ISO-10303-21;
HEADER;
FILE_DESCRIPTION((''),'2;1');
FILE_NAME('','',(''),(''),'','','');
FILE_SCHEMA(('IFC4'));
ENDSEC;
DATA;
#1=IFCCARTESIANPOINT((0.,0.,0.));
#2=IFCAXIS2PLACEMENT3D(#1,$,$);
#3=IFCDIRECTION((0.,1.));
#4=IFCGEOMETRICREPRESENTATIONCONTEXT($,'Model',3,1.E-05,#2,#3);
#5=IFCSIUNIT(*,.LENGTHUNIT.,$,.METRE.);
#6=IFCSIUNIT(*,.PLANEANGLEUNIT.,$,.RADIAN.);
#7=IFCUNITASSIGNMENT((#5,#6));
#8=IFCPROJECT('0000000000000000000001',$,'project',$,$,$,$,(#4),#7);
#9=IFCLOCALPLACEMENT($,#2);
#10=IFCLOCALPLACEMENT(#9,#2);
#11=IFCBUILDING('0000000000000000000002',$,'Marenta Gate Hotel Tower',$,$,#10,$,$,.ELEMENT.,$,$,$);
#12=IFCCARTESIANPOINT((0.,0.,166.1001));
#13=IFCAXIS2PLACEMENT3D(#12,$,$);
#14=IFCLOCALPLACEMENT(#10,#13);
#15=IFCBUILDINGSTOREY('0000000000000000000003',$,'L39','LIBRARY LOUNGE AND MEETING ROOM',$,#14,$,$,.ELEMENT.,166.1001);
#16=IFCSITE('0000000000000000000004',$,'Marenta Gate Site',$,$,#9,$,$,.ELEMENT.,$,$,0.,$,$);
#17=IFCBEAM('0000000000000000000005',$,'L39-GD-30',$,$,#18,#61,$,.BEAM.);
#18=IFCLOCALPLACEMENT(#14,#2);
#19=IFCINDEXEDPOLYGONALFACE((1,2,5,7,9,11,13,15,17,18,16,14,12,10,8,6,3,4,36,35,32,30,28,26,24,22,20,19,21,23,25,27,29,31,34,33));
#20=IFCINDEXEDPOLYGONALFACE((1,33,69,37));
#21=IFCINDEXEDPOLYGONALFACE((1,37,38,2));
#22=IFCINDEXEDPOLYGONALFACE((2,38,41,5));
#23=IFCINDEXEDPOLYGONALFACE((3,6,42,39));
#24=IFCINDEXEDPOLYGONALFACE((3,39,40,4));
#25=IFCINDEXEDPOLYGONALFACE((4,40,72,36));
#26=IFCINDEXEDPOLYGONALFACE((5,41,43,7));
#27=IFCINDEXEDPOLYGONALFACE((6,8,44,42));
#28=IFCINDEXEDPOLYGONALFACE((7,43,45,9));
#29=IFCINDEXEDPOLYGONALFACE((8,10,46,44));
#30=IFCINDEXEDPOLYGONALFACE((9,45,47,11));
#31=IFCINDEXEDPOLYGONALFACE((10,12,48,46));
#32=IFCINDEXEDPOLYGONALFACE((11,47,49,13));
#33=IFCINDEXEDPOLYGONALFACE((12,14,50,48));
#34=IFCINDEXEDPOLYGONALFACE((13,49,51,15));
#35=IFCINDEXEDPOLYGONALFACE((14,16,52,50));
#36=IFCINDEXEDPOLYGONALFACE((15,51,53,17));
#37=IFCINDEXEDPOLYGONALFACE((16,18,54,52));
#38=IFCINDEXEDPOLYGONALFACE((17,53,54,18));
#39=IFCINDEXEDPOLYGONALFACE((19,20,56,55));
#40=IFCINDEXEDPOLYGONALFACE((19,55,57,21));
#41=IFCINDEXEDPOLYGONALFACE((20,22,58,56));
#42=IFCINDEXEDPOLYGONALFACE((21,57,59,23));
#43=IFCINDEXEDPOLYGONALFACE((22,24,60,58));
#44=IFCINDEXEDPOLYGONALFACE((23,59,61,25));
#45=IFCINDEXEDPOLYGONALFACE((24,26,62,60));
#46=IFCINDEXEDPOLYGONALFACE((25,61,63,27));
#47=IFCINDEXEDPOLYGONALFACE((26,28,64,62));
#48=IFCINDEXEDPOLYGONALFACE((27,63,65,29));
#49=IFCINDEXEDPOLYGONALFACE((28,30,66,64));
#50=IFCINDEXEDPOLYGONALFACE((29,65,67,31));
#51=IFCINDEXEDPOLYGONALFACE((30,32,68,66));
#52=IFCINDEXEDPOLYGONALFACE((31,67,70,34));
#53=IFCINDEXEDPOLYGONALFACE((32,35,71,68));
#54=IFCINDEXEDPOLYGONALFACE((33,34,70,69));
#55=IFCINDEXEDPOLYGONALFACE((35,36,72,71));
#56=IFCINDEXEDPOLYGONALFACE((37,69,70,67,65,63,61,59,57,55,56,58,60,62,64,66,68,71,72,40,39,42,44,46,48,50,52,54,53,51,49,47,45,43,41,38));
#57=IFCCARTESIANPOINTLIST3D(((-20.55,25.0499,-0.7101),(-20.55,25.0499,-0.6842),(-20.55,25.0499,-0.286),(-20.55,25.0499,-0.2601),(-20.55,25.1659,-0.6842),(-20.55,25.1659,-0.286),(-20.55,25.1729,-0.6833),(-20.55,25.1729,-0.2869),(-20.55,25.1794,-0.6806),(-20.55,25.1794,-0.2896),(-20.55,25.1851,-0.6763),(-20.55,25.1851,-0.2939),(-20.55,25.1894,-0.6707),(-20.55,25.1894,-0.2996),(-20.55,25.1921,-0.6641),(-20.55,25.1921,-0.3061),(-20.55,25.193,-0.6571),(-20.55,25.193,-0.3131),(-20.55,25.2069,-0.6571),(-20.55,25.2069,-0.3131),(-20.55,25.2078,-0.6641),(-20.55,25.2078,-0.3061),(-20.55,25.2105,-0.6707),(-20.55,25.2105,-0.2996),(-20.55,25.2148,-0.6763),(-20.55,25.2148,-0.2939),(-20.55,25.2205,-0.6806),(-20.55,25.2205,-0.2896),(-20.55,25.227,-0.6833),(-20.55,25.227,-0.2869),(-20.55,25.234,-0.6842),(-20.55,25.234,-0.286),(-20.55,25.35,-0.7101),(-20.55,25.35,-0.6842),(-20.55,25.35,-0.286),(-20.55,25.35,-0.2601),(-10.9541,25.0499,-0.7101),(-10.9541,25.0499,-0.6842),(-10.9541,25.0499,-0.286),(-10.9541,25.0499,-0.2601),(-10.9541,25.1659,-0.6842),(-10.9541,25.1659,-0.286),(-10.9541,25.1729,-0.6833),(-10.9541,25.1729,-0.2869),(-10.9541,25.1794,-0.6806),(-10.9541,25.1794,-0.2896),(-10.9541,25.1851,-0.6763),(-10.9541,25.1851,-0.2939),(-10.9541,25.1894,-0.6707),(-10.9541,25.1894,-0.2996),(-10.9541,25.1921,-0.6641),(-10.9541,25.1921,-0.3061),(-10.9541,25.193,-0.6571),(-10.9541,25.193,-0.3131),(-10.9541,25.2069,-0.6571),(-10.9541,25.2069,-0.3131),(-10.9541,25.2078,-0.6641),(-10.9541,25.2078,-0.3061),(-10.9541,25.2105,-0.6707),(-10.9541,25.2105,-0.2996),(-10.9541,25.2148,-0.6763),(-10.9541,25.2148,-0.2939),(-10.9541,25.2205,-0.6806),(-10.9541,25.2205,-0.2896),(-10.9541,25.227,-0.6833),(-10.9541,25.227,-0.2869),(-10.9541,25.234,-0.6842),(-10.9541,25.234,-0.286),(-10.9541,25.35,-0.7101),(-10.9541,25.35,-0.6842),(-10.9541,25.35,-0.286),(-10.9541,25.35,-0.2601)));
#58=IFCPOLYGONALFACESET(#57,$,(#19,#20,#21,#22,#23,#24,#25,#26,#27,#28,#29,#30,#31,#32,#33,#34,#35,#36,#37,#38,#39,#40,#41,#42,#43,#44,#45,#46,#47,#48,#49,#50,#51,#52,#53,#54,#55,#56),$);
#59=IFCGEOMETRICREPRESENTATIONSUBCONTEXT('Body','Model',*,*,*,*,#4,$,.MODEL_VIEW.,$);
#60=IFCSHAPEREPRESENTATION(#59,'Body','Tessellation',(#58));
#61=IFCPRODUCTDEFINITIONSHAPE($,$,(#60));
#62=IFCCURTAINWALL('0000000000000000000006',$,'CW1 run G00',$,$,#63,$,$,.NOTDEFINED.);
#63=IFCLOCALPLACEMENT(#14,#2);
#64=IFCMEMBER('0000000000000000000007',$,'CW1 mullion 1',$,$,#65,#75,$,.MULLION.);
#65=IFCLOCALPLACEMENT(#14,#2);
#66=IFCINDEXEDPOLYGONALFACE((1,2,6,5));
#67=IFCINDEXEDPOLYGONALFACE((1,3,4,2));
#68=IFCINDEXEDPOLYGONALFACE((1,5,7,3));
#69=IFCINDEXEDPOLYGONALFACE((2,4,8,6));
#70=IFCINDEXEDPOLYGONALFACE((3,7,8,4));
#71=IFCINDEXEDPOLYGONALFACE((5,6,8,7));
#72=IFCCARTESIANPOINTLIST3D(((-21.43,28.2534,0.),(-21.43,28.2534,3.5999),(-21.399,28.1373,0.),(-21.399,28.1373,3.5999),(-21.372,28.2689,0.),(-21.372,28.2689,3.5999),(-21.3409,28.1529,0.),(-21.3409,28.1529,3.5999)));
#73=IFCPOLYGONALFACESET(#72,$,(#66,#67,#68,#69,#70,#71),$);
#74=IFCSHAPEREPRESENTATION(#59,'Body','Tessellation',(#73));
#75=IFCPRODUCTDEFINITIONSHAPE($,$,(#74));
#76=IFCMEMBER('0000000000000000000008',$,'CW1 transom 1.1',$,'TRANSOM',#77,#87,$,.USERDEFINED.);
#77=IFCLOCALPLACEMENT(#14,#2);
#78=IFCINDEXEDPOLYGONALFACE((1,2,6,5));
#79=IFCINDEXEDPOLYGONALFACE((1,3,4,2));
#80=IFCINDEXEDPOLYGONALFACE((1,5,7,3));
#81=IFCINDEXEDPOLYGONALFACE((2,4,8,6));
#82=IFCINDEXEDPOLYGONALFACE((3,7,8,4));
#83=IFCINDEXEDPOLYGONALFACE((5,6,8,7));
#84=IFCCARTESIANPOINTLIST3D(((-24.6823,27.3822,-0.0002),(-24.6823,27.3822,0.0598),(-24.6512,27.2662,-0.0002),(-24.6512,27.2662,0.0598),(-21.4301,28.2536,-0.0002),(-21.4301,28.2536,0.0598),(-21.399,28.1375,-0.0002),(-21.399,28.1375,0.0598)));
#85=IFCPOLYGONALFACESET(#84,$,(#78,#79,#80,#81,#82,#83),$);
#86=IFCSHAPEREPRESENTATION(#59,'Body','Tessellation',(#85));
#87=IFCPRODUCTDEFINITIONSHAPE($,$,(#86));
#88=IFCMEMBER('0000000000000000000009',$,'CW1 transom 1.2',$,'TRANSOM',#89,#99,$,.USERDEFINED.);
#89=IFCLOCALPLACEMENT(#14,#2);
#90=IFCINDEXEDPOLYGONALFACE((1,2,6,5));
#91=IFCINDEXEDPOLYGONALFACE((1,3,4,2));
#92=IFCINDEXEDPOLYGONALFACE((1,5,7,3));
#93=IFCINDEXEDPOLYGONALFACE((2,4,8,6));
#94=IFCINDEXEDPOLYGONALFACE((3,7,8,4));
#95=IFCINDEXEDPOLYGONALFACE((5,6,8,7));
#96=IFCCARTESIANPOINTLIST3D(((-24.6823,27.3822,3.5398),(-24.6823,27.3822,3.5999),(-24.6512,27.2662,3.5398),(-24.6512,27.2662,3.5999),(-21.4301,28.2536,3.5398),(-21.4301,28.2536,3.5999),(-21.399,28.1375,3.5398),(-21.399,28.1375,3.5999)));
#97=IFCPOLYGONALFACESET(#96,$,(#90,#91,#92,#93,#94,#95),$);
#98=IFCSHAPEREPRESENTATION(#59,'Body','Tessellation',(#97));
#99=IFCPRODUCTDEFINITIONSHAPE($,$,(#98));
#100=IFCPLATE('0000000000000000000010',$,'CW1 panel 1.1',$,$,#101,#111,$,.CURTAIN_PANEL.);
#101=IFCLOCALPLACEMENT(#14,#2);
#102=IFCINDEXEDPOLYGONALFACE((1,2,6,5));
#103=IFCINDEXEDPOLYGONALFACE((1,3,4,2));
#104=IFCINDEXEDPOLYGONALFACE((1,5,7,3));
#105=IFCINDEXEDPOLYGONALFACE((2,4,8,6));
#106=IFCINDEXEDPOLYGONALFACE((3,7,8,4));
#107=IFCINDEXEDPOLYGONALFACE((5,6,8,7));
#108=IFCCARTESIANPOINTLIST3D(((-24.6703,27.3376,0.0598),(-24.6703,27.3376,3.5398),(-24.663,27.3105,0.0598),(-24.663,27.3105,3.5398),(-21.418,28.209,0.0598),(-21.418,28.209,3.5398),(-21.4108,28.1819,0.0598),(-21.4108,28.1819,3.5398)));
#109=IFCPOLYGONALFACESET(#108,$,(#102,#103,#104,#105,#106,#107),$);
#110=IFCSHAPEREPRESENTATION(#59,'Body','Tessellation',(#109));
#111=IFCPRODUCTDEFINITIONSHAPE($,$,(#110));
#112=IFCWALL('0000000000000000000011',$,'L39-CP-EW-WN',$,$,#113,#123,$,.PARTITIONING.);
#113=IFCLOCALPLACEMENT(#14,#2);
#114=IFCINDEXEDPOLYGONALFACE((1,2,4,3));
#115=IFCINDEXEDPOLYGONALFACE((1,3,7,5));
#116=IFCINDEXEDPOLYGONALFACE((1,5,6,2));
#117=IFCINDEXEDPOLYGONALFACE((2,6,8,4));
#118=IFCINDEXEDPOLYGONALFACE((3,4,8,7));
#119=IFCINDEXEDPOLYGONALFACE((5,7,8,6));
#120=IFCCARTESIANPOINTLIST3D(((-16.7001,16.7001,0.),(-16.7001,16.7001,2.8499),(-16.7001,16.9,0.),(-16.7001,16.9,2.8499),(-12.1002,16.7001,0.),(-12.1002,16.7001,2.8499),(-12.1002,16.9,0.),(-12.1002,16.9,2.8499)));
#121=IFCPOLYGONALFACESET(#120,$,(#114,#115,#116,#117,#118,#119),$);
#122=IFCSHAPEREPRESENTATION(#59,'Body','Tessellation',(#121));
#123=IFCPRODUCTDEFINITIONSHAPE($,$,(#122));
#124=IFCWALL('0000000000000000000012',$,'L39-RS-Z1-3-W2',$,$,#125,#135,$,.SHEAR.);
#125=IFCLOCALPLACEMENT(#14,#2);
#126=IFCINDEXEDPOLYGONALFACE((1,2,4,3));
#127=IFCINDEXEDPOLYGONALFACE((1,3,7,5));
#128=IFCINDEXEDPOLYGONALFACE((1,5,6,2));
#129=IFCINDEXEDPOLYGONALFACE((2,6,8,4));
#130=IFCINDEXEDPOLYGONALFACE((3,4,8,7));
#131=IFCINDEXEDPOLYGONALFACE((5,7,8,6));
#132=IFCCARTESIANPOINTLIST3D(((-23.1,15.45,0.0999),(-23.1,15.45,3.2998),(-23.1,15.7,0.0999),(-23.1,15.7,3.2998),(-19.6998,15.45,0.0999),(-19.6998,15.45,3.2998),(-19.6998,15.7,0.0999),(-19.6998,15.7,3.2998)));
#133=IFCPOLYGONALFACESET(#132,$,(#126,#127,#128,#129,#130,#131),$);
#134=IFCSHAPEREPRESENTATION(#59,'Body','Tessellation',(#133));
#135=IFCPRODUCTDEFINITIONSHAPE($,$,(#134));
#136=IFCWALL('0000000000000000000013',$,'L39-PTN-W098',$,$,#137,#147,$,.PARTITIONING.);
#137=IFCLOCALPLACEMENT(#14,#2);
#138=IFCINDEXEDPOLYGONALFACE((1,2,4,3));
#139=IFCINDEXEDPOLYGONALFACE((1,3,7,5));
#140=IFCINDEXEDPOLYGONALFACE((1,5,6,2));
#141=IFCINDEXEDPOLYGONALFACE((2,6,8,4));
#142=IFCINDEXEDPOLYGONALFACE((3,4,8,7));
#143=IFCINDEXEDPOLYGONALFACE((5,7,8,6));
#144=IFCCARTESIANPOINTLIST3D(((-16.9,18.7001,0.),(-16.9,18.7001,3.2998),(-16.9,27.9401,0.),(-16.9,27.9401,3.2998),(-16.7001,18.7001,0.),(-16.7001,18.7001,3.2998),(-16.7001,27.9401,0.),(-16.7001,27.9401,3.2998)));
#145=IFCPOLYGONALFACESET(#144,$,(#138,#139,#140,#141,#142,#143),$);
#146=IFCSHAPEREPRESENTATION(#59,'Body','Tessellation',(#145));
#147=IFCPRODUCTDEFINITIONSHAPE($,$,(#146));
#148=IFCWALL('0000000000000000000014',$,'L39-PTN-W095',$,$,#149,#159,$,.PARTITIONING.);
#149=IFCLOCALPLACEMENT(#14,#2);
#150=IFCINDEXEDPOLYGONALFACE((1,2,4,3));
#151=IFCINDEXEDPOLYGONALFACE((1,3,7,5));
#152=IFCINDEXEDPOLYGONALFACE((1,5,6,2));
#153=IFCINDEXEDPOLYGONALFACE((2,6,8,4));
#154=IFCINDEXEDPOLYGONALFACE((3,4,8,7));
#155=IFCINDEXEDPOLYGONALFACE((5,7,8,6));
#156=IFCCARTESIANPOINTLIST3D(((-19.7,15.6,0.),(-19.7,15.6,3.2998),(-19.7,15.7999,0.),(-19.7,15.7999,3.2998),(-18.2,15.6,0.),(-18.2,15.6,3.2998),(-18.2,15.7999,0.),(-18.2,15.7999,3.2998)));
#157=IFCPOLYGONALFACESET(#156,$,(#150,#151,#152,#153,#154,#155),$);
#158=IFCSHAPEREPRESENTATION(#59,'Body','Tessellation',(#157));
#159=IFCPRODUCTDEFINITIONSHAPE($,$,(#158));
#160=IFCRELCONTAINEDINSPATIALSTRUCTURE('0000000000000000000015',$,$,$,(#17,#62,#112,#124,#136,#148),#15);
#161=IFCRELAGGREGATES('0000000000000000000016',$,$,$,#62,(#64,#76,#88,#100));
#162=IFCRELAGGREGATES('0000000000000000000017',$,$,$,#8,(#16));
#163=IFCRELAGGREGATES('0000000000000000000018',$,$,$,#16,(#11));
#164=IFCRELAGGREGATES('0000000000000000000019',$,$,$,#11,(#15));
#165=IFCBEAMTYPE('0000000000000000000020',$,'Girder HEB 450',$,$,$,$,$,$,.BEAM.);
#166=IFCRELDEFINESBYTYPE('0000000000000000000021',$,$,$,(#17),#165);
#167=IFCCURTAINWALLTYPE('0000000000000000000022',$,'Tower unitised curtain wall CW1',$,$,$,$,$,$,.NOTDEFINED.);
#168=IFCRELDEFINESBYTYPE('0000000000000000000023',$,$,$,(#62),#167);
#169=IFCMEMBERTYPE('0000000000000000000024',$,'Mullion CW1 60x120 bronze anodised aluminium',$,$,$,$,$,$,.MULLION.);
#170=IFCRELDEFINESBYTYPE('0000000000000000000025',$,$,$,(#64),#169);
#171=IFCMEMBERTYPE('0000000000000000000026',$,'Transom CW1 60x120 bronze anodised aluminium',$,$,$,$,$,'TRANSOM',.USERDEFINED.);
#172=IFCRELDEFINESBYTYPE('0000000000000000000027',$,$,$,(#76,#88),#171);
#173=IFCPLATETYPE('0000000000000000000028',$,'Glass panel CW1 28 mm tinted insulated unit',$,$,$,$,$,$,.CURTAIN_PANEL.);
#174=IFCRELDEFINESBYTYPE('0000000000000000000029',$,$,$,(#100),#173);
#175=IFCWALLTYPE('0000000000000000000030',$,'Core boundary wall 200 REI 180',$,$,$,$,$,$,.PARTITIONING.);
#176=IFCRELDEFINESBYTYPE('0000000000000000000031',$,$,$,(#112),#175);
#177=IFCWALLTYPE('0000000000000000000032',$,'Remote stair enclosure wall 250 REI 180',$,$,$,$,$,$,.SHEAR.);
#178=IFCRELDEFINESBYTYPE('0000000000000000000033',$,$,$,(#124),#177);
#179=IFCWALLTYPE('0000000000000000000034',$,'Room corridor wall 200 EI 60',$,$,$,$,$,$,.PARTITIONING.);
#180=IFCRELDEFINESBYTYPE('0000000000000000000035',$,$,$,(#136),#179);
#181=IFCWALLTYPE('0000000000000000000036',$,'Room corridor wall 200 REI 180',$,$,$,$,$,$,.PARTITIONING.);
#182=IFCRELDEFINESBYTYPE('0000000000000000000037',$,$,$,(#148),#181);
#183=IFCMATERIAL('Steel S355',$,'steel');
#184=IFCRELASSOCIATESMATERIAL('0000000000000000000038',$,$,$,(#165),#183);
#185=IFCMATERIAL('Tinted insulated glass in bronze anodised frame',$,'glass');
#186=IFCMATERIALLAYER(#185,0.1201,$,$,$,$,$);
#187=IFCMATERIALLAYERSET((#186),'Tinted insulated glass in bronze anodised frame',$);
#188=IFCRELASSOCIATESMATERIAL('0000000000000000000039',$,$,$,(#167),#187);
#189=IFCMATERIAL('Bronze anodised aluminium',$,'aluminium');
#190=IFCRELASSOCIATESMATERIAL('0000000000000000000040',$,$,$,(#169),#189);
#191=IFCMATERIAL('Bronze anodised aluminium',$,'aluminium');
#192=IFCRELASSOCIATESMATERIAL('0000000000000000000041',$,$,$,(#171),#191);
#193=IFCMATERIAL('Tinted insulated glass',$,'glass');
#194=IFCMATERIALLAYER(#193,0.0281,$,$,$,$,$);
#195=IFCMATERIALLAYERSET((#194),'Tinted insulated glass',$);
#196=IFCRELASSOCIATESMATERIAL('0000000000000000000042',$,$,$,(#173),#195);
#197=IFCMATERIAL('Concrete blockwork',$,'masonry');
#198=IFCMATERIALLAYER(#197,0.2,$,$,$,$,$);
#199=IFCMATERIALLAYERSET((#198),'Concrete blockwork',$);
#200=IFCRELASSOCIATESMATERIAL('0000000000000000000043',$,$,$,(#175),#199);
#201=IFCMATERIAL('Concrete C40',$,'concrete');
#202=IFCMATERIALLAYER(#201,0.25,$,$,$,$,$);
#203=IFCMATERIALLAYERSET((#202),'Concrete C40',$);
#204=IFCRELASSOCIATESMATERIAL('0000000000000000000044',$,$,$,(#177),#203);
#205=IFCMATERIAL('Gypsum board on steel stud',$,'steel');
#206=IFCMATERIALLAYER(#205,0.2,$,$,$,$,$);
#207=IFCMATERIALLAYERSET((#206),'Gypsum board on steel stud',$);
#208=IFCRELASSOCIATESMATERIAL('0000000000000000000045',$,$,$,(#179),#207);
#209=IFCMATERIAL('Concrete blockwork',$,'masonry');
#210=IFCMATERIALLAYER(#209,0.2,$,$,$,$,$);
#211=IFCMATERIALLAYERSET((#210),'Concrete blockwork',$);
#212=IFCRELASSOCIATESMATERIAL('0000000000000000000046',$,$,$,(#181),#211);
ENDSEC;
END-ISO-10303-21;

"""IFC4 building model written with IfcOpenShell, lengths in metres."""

from ifc_helpers import new_model, si_unit, direction, frame, frame_2d, origin, origin_2d, place, context, subcontext, project, spatial, rectangle, i_section, extrude, material, layer, layer_set, material_profile, profile_set, type_object, element, aggregate, save


model = new_model("IFC4")

# Units and contexts
model_context = context("Model", 3, precision=1e-05, world=origin(), true_north=direction((0.0, 1.0)))
body_context = subcontext(model_context, "Body", "Model", "MODEL_VIEW")
ifc_project = project(units=[si_unit("LENGTHUNIT", "METRE"), si_unit("PLANEANGLEUNIT", "RADIAN")], contexts=[model_context])

# Site, building, storey
site_placement = place(None, origin())
site = spatial("IfcSite", under=ifc_project, at=site_placement, Name="Marenta Gate Site", CompositionType="ELEMENT", RefElevation=0.0)
building_placement = place(site_placement, origin())
building = spatial("IfcBuilding", under=site, at=building_placement, Name="Marenta Gate Hotel Tower", CompositionType="ELEMENT")
storey_placement = place(building_placement, frame((0.0, 0.0, 166.1001)))
storey = spatial("IfcBuildingStorey", under=building, at=storey_placement, Name="L39", Description="LIBRARY LOUNGE AND MEETING ROOM", CompositionType="ELEMENT", Elevation=166.1001)

# Beam
ifc_material_1 = material(Name="Steel S355", Category="steel")
ifc_material_profile_1 = material_profile(ifc_material_1, i_section(OverallWidth=0.3, OverallDepth=0.45, WebThickness=0.0139, FlangeThickness=0.0259, FilletRadius=0.0271, at=origin_2d()), Name="HEB 450")
ifc_profile_set_1 = profile_set([ifc_material_profile_1], Name="Steel S355")
beam_type_1 = type_object("IfcBeamType", Name="Girder HEB 450", PredefinedType="BEAM", material=ifc_profile_set_1)
beam_1_placement = place(storey_placement, frame((-20.55, 25.2, -0.4851), z_axis=(1.0, 0.0, 0.0), x_axis=(0.0, 1.0, 0.0)))
element("IfcBeam", 1, at=beam_1_placement, inside=storey, type_object=beam_type_1, Name="L39-GD-30", PredefinedType="BEAM", context=body_context, shape_type="SweptSolid", body=[
    extrude(i_section(OverallWidth=0.3, OverallDepth=0.45, WebThickness=0.0139, FlangeThickness=0.0259, FilletRadius=0.0271, at=origin_2d()), origin(), (0.0, 0.0, 1.0), 9.5959),
])

# Curtain wall, members, plate
ifc_material_2 = material(Name="Tinted insulated glass in bronze anodised frame", Category="glass")
ifc_layer_1 = layer(ifc_material_2, 0.1201)
ifc_layer_set_1 = layer_set([ifc_layer_1], Name="Tinted insulated glass in bronze anodised frame")
curtain_wall_type = type_object("IfcCurtainWallType", Name="Tower unitised curtain wall CW1", PredefinedType="NOTDEFINED", material=ifc_layer_set_1)
curtain_wall_placement = place(storey_placement, origin())
curtain_wall = element("IfcCurtainWall", 2, at=curtain_wall_placement, inside=storey, type_object=curtain_wall_type, Name="CW1 run G00", PredefinedType="NOTDEFINED")
ifc_material_3 = material(Name="Bronze anodised aluminium", Category="aluminium")
ifc_material_profile_2 = material_profile(ifc_material_3, rectangle(XDim=0.1201, YDim=0.0601, at=origin_2d()), Name="Mullion CW1 60x120 bronze anodised aluminium")
ifc_profile_set_2 = profile_set([ifc_material_profile_2], Name="Bronze anodised aluminium")
member_type_1 = type_object("IfcMemberType", Name="Mullion CW1 60x120 bronze anodised aluminium", PredefinedType="MULLION", material=ifc_profile_set_2)
member_1_placement = place(storey_placement, frame((-21.3855, 28.2031, 0.0), z_axis=(0.0, 0.0, 1.0), x_axis=(0.258801, -0.965931, 0.0)))
member_1 = element("IfcMember", 3, at=member_1_placement, type_object=member_type_1, Name="CW1 mullion 1", PredefinedType="MULLION", context=body_context, shape_type="SweptSolid", body=[
    extrude(rectangle(XDim=0.1201, YDim=0.0601, at=origin_2d()), origin(), (0.0, 0.0, 1.0), 3.5999),
])
ifc_material_4 = material(Name="Bronze anodised aluminium", Category="aluminium")
ifc_material_profile_3 = material_profile(ifc_material_4, rectangle(XDim=0.1201, YDim=0.0601, at=origin_2d()), Name="Transom CW1 60x120 bronze anodised aluminium")
ifc_profile_set_3 = profile_set([ifc_material_profile_3], Name="Bronze anodised aluminium")
member_type_2 = type_object("IfcMemberType", Name="Transom CW1 60x120 bronze anodised aluminium", ElementType="TRANSOM", PredefinedType="USERDEFINED", material=ifc_profile_set_3)
member_2_placement = place(storey_placement, frame((-21.4146, 28.1956, 0.0298), z_axis=(-0.965932, -0.258795, 0.0), x_axis=(0.258795, -0.965932, 0.0)))
member_2 = element("IfcMember", 4, at=member_2_placement, type_object=member_type_2, Name="CW1 transom 1.1", ObjectType="TRANSOM", PredefinedType="USERDEFINED", context=body_context, shape_type="SweptSolid", body=[
    extrude(rectangle(XDim=0.1201, YDim=0.0601, at=origin_2d()), origin(), (0.0, 0.0, 1.0), 3.3669),
])
member_3_placement = place(storey_placement, frame((-21.4146, 28.1956, 3.5698), z_axis=(-0.965932, -0.258795, 0.0), x_axis=(0.258795, -0.965932, 0.0)))
member_3 = element("IfcMember", 5, at=member_3_placement, type_object=member_type_2, Name="CW1 transom 1.2", ObjectType="TRANSOM", PredefinedType="USERDEFINED", context=body_context, shape_type="SweptSolid", body=[
    extrude(rectangle(XDim=0.1201, YDim=0.0601, at=origin_2d()), origin(), (0.0, 0.0, 1.0), 3.3669),
])
ifc_material_5 = material(Name="Tinted insulated glass", Category="glass")
ifc_layer_2 = layer(ifc_material_5, 0.0281)
ifc_layer_set_2 = layer_set([ifc_layer_2], Name="Tinted insulated glass")
plate_type = type_object("IfcPlateType", Name="Glass panel CW1 28 mm tinted insulated unit", PredefinedType="CURTAIN_PANEL", material=ifc_layer_set_2)
plate_placement = place(storey_placement, frame((-23.0405, 27.7598, 0.0598), z_axis=(0.0, 0.0, 1.0), x_axis=(-0.965931, -0.258801, 0.0)))
plate = element("IfcPlate", 6, at=plate_placement, type_object=plate_type, Name="CW1 panel 1.1", PredefinedType="CURTAIN_PANEL", context=body_context, shape_type="SweptSolid", body=[
    extrude(rectangle(XDim=3.3669, YDim=0.0281, at=origin_2d()), origin(), (0.0, 0.0, 1.0), 3.48),
])
aggregate(curtain_wall, [member_1, member_2, member_3, plate])

# Walls
ifc_material_6 = material(Name="Concrete blockwork", Category="masonry")
ifc_layer_3 = layer(ifc_material_6, 0.2)
ifc_layer_set_3 = layer_set([ifc_layer_3], Name="Concrete blockwork")
wall_type_1 = type_object("IfcWallType", Name="Core boundary wall 200 REI 180", PredefinedType="PARTITIONING", material=ifc_layer_set_3)
wall_1_placement = place(storey_placement, frame((-16.7, 16.8, 0.0), z_axis=(0.0, 0.0, 1.0), x_axis=(1.0, 0.0, 0.0)))
element("IfcWall", 7, at=wall_1_placement, inside=storey, type_object=wall_type_1, Name="L39-CP-EW-WN", PredefinedType="PARTITIONING", context=body_context, shape_type="SweptSolid", body=[
    extrude(rectangle(XDim=4.5999, YDim=0.2, at=frame_2d((2.2998, 0.0))), origin(), (0.0, 0.0, 1.0), 2.8499),
])
ifc_material_7 = material(Name="Concrete C40", Category="concrete")
ifc_layer_4 = layer(ifc_material_7, 0.25)
ifc_layer_set_4 = layer_set([ifc_layer_4], Name="Concrete C40")
wall_type_2 = type_object("IfcWallType", Name="Remote stair enclosure wall 250 REI 180", PredefinedType="SHEAR", material=ifc_layer_set_4)
wall_2_placement = place(storey_placement, frame((-23.1001, 15.575, 0.0999), z_axis=(0.0, 0.0, 1.0), x_axis=(1.0, 0.0, 0.0)))
element("IfcWall", 8, at=wall_2_placement, inside=storey, type_object=wall_type_2, Name="L39-RS-Z1-3-W2", PredefinedType="SHEAR", context=body_context, shape_type="SweptSolid", body=[
    extrude(rectangle(XDim=3.4001, YDim=0.25, at=frame_2d((1.7002, 0.0))), origin(), (0.0, 0.0, 1.0), 3.2),
])
ifc_material_8 = material(Name="Gypsum board on steel stud", Category="steel")
ifc_layer_5 = layer(ifc_material_8, 0.2)
ifc_layer_set_5 = layer_set([ifc_layer_5], Name="Gypsum board on steel stud")
wall_type_3 = type_object("IfcWallType", Name="Room corridor wall 200 EI 60", PredefinedType="PARTITIONING", material=ifc_layer_set_5)
wall_3_placement = place(storey_placement, frame((-16.8, 18.7, 0.0), z_axis=(0.0, 0.0, 1.0), x_axis=(0.0, 1.0, 0.0)))
element("IfcWall", 9, at=wall_3_placement, inside=storey, type_object=wall_type_3, Name="L39-PTN-W098", PredefinedType="PARTITIONING", context=body_context, shape_type="SweptSolid", body=[
    extrude(rectangle(XDim=9.24, YDim=0.2, at=frame_2d((4.6201, 0.0))), origin(), (0.0, 0.0, 1.0), 3.2998),
])

# Wall
ifc_material_9 = material(Name="Concrete blockwork", Category="masonry")
ifc_layer_6 = layer(ifc_material_9, 0.2)
ifc_layer_set_6 = layer_set([ifc_layer_6], Name="Concrete blockwork")
wall_type_4 = type_object("IfcWallType", Name="Room corridor wall 200 REI 180", PredefinedType="PARTITIONING", material=ifc_layer_set_6)
wall_4_placement = place(storey_placement, frame((-19.7, 15.7, 0.0), z_axis=(0.0, 0.0, 1.0), x_axis=(1.0, 0.0, 0.0)))
element("IfcWall", 10, at=wall_4_placement, inside=storey, type_object=wall_type_4, Name="L39-PTN-W095", PredefinedType="PARTITIONING", context=body_context, shape_type="SweptSolid", body=[
    extrude(rectangle(XDim=1.5, YDim=0.2, at=frame_2d((0.75, 0.0))), origin(), (0.0, 0.0, 1.0), 3.2998),
])

save(model, "model.ifc")
